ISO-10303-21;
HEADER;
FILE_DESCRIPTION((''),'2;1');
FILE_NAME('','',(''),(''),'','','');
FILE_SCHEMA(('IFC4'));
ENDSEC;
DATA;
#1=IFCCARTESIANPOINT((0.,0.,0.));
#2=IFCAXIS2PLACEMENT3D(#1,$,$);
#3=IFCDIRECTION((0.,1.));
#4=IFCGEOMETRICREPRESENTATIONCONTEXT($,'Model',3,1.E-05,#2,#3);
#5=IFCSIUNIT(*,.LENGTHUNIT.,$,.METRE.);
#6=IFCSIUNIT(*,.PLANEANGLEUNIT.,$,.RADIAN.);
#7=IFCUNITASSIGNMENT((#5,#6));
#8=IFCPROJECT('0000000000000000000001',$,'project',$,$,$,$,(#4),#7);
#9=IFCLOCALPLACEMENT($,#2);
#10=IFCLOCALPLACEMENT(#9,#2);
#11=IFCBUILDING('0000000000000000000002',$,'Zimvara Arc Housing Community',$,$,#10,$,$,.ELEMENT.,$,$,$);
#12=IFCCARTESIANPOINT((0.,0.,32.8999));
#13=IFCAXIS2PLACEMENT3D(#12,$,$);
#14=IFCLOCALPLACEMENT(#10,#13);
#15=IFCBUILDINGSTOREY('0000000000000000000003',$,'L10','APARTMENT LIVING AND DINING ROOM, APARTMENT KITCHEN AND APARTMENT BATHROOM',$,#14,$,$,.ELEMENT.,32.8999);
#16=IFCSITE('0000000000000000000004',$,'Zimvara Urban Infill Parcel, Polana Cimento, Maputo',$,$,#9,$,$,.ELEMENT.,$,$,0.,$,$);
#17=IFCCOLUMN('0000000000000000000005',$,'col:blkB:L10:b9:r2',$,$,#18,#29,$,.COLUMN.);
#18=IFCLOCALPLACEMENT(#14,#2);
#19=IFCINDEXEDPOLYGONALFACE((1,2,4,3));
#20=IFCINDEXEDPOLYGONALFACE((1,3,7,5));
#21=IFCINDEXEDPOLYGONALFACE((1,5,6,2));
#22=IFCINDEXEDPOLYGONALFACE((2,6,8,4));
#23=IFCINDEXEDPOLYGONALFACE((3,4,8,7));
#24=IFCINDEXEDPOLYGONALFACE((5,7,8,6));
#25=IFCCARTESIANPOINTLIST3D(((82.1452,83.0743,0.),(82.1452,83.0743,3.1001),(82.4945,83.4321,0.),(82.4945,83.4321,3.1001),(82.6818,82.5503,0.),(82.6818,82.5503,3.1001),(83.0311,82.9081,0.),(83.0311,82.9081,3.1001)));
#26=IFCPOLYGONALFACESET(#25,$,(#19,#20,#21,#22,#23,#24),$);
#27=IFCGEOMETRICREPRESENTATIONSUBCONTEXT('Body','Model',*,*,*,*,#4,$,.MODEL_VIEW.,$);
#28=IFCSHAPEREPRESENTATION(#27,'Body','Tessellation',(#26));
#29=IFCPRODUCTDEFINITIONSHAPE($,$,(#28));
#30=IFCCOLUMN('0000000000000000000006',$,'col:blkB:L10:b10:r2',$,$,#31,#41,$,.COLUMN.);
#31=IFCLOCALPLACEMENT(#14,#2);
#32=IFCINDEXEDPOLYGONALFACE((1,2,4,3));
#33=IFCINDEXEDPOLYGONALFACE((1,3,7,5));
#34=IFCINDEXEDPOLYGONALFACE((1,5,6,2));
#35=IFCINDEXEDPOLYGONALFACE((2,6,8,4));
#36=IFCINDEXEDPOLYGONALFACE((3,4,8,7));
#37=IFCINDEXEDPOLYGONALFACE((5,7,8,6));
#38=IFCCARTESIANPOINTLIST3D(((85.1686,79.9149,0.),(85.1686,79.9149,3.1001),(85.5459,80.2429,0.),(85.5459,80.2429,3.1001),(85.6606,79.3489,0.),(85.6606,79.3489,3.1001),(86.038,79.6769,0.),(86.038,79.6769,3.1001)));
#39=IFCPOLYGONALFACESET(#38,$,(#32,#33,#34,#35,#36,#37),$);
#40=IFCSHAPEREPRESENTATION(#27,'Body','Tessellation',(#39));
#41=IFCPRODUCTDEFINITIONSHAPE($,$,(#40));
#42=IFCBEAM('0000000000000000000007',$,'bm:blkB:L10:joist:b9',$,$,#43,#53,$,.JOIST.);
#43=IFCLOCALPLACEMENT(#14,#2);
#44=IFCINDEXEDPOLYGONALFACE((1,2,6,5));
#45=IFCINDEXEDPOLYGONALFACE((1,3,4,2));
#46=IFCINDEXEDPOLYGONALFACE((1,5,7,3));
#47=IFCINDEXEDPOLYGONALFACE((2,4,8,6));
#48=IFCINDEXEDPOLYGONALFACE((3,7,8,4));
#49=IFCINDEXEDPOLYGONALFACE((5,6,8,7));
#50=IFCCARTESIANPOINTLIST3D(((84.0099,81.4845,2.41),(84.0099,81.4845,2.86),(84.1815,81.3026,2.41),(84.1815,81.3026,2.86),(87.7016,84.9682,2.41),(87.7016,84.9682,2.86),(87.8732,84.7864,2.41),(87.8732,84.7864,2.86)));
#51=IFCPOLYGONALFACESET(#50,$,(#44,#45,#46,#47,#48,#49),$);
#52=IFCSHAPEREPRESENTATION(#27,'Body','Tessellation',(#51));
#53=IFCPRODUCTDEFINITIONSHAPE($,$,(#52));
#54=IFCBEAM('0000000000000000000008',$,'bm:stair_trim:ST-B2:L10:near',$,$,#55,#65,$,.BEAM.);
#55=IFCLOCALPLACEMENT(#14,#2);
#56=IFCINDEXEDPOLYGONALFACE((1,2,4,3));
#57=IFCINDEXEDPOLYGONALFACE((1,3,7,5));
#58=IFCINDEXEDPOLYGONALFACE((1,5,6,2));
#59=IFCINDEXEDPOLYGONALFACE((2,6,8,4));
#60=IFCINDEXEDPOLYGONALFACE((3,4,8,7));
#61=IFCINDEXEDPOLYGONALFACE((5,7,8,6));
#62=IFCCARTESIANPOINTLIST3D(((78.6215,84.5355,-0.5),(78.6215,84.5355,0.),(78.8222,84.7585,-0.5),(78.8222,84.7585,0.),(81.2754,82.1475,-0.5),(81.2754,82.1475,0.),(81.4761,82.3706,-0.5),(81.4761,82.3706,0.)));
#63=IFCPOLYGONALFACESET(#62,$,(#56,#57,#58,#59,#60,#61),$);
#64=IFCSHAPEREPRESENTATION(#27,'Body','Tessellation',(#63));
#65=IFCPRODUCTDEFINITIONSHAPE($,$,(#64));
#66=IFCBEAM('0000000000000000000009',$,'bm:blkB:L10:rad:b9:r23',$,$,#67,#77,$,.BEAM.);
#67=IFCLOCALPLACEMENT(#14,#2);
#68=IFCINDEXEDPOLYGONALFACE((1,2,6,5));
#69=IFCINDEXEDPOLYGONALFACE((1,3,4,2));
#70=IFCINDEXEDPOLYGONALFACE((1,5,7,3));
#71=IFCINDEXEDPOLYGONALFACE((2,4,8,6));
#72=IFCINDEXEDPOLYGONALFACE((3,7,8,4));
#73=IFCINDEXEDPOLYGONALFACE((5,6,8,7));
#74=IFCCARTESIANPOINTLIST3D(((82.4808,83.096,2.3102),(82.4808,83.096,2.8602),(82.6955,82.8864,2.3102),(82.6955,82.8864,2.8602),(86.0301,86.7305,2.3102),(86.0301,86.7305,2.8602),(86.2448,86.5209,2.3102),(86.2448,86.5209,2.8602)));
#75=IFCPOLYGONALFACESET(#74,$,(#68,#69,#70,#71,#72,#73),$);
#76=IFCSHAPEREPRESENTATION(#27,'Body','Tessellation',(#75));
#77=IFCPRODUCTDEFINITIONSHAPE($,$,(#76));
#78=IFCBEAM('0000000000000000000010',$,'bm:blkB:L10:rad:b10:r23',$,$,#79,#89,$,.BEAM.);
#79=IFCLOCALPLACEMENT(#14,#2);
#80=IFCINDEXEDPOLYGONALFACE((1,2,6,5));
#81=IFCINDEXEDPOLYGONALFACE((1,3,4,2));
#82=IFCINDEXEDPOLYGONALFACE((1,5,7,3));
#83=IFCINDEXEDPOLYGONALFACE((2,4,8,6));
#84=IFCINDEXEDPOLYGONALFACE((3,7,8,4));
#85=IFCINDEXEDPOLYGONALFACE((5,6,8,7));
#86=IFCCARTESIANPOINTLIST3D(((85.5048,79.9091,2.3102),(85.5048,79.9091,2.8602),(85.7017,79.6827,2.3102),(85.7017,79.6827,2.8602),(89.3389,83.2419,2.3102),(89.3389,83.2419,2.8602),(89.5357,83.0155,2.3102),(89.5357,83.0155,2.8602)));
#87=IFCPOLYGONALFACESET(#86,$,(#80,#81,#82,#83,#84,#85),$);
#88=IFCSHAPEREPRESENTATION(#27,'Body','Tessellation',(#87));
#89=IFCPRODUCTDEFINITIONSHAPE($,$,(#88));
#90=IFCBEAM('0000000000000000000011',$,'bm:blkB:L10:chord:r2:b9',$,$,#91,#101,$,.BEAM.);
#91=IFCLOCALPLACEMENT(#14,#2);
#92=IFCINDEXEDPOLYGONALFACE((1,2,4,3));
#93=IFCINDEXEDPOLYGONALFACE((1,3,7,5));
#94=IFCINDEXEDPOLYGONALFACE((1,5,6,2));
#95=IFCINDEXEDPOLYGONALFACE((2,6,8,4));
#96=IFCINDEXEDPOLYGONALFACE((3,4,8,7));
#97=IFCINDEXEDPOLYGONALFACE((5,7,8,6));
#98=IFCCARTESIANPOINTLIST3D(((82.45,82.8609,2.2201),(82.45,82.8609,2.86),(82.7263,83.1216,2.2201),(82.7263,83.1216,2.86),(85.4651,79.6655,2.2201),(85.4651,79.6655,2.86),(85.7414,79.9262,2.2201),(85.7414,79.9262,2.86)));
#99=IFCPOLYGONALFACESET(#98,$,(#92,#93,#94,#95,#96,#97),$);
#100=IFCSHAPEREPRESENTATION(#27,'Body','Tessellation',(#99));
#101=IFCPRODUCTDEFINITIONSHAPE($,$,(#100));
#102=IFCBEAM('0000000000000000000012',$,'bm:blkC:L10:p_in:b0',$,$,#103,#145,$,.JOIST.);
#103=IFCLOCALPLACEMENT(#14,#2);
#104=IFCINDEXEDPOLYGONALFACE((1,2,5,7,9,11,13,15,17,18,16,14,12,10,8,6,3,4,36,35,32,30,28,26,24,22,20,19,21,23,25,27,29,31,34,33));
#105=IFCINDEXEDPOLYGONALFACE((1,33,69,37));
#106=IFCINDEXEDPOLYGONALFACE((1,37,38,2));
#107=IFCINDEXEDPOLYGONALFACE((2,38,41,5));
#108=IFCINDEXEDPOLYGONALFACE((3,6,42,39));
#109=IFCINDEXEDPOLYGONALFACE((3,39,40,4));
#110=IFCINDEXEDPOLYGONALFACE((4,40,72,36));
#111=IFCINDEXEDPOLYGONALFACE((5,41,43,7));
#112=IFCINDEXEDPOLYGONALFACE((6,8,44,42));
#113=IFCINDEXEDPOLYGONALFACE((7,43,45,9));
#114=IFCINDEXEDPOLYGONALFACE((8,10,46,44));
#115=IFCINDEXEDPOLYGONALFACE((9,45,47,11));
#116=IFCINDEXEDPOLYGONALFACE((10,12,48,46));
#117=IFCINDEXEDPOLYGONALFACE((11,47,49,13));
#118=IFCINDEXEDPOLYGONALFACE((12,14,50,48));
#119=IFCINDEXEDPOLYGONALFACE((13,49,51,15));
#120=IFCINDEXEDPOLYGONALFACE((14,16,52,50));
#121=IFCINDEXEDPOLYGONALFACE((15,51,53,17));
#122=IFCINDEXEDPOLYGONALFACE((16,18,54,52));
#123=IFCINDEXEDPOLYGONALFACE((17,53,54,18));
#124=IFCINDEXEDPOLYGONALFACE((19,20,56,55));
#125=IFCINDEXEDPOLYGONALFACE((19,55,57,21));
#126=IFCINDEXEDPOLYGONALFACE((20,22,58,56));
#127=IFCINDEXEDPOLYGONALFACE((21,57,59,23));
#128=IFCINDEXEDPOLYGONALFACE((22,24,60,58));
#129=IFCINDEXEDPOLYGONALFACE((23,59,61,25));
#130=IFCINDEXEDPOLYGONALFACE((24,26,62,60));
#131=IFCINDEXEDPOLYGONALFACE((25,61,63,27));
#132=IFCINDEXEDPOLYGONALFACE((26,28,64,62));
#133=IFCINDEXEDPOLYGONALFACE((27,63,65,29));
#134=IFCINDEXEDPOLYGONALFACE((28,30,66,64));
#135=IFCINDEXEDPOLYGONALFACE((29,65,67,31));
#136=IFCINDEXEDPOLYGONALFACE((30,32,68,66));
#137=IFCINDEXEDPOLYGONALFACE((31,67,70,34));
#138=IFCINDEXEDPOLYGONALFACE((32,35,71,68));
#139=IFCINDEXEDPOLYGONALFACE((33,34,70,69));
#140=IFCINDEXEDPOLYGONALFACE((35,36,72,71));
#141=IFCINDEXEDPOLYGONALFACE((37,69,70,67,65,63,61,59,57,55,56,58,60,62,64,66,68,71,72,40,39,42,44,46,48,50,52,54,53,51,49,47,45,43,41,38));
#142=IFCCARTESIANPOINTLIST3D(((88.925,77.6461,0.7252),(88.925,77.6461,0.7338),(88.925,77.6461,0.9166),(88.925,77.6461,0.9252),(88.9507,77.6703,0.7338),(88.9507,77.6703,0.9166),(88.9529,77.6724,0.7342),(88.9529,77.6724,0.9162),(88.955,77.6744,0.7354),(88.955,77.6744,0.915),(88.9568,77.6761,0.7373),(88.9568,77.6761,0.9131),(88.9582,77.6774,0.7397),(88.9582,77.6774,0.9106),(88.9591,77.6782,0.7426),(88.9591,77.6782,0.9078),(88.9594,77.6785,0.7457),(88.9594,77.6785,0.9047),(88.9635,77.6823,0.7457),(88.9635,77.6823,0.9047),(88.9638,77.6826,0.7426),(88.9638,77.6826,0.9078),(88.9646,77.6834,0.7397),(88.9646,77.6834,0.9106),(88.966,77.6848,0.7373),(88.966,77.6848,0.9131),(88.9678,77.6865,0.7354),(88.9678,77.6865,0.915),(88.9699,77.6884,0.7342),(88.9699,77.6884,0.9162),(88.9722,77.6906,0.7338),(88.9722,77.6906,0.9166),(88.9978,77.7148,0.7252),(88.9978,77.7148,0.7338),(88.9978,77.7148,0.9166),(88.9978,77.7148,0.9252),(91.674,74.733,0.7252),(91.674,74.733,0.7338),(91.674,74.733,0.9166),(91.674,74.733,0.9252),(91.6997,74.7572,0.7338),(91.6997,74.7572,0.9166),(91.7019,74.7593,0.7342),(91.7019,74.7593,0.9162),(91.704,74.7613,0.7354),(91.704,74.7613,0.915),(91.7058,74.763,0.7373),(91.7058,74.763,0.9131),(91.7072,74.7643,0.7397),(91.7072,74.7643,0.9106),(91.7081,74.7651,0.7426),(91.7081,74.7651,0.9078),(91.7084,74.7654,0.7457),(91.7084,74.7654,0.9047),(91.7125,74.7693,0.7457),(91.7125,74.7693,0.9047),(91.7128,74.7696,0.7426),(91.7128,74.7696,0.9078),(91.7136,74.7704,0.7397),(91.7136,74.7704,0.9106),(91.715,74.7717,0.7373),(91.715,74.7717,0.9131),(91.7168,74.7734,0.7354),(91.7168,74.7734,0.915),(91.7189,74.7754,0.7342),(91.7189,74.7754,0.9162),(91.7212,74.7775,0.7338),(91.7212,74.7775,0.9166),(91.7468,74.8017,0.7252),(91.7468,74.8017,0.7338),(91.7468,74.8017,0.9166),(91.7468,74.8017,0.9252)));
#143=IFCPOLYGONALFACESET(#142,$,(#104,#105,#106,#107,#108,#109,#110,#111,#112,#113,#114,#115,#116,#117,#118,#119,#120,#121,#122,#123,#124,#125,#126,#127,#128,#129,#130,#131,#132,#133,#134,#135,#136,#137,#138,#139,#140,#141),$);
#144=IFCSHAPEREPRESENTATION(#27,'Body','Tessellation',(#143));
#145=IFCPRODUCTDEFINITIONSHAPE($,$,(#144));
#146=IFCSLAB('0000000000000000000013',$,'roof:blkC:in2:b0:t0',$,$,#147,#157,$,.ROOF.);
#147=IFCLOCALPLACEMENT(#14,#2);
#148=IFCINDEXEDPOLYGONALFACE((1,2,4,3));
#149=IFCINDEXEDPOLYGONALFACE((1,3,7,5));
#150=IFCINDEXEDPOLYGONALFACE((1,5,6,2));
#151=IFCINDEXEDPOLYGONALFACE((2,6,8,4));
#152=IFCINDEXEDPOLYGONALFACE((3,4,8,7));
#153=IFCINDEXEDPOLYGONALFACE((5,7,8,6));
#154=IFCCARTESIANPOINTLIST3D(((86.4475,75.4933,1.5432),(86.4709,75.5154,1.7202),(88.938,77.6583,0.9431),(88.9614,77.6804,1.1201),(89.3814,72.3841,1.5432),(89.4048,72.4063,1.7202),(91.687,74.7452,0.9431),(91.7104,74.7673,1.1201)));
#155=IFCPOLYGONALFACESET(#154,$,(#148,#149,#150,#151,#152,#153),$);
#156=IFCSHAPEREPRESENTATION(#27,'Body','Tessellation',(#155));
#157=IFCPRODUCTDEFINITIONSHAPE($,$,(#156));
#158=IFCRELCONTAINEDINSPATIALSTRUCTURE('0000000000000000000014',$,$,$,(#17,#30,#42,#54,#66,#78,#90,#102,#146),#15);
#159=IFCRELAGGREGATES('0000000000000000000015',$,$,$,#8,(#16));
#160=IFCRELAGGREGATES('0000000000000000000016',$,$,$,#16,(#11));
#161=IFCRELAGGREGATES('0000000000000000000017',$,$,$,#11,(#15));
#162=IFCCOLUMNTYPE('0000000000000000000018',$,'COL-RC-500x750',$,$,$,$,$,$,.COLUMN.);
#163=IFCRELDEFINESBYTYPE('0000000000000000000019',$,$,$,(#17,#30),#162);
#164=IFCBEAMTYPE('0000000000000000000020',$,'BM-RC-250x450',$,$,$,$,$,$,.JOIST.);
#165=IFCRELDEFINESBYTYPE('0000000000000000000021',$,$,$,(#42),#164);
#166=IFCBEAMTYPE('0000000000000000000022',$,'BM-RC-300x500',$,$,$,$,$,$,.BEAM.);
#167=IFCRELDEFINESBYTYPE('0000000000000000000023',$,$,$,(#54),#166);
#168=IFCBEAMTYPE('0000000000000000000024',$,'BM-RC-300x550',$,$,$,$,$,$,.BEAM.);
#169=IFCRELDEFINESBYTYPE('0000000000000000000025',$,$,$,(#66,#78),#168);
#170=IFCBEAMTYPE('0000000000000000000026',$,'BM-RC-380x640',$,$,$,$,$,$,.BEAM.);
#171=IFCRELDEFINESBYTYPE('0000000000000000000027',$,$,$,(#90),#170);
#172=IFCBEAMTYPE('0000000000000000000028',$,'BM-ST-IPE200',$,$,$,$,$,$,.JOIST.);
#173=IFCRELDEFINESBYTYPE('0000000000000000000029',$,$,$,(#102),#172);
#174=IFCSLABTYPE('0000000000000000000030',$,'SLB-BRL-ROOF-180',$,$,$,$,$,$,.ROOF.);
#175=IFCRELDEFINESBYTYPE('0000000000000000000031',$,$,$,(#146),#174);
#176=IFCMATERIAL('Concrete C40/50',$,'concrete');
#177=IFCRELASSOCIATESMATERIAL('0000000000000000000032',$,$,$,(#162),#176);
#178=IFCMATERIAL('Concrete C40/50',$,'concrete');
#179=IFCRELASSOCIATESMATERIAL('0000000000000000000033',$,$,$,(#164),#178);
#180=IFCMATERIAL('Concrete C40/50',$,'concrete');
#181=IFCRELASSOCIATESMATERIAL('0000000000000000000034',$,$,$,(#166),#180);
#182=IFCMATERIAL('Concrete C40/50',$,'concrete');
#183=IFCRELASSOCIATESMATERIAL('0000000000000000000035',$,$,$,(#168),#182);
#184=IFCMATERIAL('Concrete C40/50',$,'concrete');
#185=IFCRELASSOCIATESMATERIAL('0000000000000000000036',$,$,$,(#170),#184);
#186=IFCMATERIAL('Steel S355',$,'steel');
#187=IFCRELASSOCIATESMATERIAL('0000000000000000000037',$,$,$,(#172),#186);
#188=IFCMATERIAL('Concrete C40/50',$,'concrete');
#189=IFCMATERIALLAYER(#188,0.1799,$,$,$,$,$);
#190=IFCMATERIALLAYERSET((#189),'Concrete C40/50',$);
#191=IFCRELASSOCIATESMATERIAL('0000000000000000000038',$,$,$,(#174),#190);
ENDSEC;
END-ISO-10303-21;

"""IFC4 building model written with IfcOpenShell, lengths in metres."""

from ifc_helpers import new_model, si_unit, direction, frame, origin, origin_2d, place, context, subcontext, project, spatial, polyline, rectangle, i_section, outline, extrude, material, layer, layer_set, material_profile, profile_set, type_object, element, save


model = new_model("IFC4")

# Units and contexts
model_context = context("Model", 3, precision=1e-05, world=origin(), true_north=direction((0.0, 1.0)))
body_context = subcontext(model_context, "Body", "Model", "MODEL_VIEW")
ifc_project = project(units=[si_unit("LENGTHUNIT", "METRE"), si_unit("PLANEANGLEUNIT", "RADIAN")], contexts=[model_context])

# Site, building, storey
site_placement = place(None, origin())
site = spatial("IfcSite", under=ifc_project, at=site_placement, Name="Zimvara Urban Infill Parcel, Polana Cimento, Maputo", CompositionType="ELEMENT", RefElevation=0.0)
building_placement = place(site_placement, origin())
building = spatial("IfcBuilding", under=site, at=building_placement, Name="Zimvara Arc Housing Community", CompositionType="ELEMENT")
storey_placement = place(building_placement, frame((0.0, 0.0, 32.8999)))
storey = spatial("IfcBuildingStorey", under=building, at=storey_placement, Name="L10", Description="APARTMENT LIVING AND DINING ROOM, APARTMENT KITCHEN AND APARTMENT BATHROOM", CompositionType="ELEMENT", Elevation=32.8999)

# Columns
ifc_material_1 = material(Name="Concrete C40/50", Category="concrete")
ifc_material_profile_1 = material_profile(ifc_material_1, rectangle(XDim=0.5, YDim=0.75, at=origin_2d()), Name="RC 500x750")
ifc_profile_set_1 = profile_set([ifc_material_profile_1], Name="Concrete C40/50")
column_type_1 = type_object("IfcColumnType", Name="COL-RC-500x750", PredefinedType="COLUMN", material=ifc_profile_set_1)
for number, where, z_axis, x_axis, name in (
    (1, (82.5881, 82.9912, 0.0), (0.0, 0.0, 1.0), (0.698665, 0.715449, 0.0), "col:blkB:L10:b9:r2"),
    (2, (85.6033, 79.7959, 0.0), (0.0, 0.0, 1.0), (0.75471, 0.656059, 0.0), "col:blkB:L10:b10:r2"),
):
    element("IfcColumn", number, at=place(storey_placement, frame(where, z_axis=z_axis, x_axis=x_axis)), inside=storey, type_object=column_type_1, Name=name, PredefinedType="COLUMN", context=body_context, shape_type="SweptSolid", body=[
        extrude(rectangle(XDim=0.5, YDim=0.75, at=origin_2d()), origin(), (0.0, 0.0, 1.0), 3.1001),
    ])

# Beams
ifc_material_2 = material(Name="Concrete C40/50", Category="concrete")
ifc_material_profile_2 = material_profile(ifc_material_2, rectangle(XDim=0.25, YDim=0.45, at=origin_2d()), Name="RC 250x450")
ifc_profile_set_2 = profile_set([ifc_material_profile_2], Name="Concrete C40/50")
beam_type_1 = type_object("IfcBeamType", Name="BM-RC-250x450", PredefinedType="JOIST", material=ifc_profile_set_2)
beam_1_placement = place(storey_placement, frame((84.0957, 81.3936, 2.635), z_axis=(0.7273, 0.68632, 0.0), x_axis=(-0.68632, 0.7273, 0.0)))
element("IfcBeam", 3, at=beam_1_placement, inside=storey, type_object=beam_type_1, Name="bm:blkB:L10:joist:b9", PredefinedType="JOIST", context=body_context, shape_type="SweptSolid", body=[
    extrude(rectangle(XDim=0.25, YDim=0.45, at=origin_2d()), origin(), (0.0, 0.0, 1.0), 5.0759),
])
ifc_material_3 = material(Name="Concrete C40/50", Category="concrete")
ifc_material_profile_3 = material_profile(ifc_material_3, rectangle(XDim=0.3, YDim=0.5, at=origin_2d()), Name="RC 300x500")
ifc_profile_set_3 = profile_set([ifc_material_profile_3], Name="Concrete C40/50")
beam_type_2 = type_object("IfcBeamType", Name="BM-RC-300x500", PredefinedType="BEAM", material=ifc_profile_set_3)
beam_2_placement = place(storey_placement, frame((81.3757, 82.259, -0.25), z_axis=(-0.743362, 0.668889, 0.0), x_axis=(-0.668889, -0.743362, 0.0)))
element("IfcBeam", 4, at=beam_2_placement, inside=storey, type_object=beam_type_2, Name="bm:stair_trim:ST-B2:L10:near", PredefinedType="BEAM", context=body_context, shape_type="SweptSolid", body=[
    extrude(rectangle(XDim=0.3, YDim=0.5, at=origin_2d()), origin(), (0.0, 0.0, 1.0), 3.5701),
])
ifc_material_4 = material(Name="Concrete C40/50", Category="concrete")
ifc_material_profile_4 = material_profile(ifc_material_4, rectangle(XDim=0.3, YDim=0.55, at=origin_2d()), Name="RC 300x550")
ifc_profile_set_4 = profile_set([ifc_material_profile_4], Name="Concrete C40/50")
beam_type_3 = type_object("IfcBeamType", Name="BM-RC-300x550", PredefinedType="BEAM", material=ifc_profile_set_4)
for number, where, z_axis, x_axis, name in (
    (5, (82.5881, 82.9912, 2.5852), (0.698671, 0.715443, 0.0), (-0.715443, 0.698671, 0.0), "bm:blkB:L10:rad:b9:r23"),
    (6, (85.6033, 79.7959, 2.5852), (0.754716, 0.656051, 0.0), (-0.656051, 0.754716, 0.0), "bm:blkB:L10:rad:b10:r23"),
):
    element("IfcBeam", number, at=place(storey_placement, frame(where, z_axis=z_axis, x_axis=x_axis)), inside=storey, type_object=beam_type_3, Name=name, PredefinedType="BEAM", context=body_context, shape_type="SweptSolid", body=[
        extrude(rectangle(XDim=0.3, YDim=0.55, at=origin_2d()), origin(), (0.0, 0.0, 1.0), 5.0801),
    ])
ifc_material_5 = material(Name="Concrete C40/50", Category="concrete")
ifc_material_profile_5 = material_profile(ifc_material_5, rectangle(XDim=0.3799, YDim=0.6399, at=origin_2d()), Name="RC 380x640")
ifc_profile_set_5 = profile_set([ifc_material_profile_5], Name="Concrete C40/50")
beam_type_4 = type_object("IfcBeamType", Name="BM-RC-380x640", PredefinedType="BEAM", material=ifc_profile_set_5)
beam_3_placement = place(storey_placement, frame((82.5881, 82.9912, 2.54), z_axis=(0.686304, -0.727315, 0.0), x_axis=(0.727315, 0.686304, 0.0)))
element("IfcBeam", 7, at=beam_3_placement, inside=storey, type_object=beam_type_4, Name="bm:blkB:L10:chord:r2:b9", PredefinedType="BEAM", context=body_context, shape_type="SweptSolid", body=[
    extrude(rectangle(XDim=0.3799, YDim=0.6399, at=origin_2d()), origin(), (0.0, 0.0, 1.0), 4.3933),
])
ifc_material_6 = material(Name="Steel S355", Category="steel")
ifc_material_profile_6 = material_profile(ifc_material_6, i_section(OverallWidth=0.1001, OverallDepth=0.2, WebThickness=0.0056, FlangeThickness=0.0085, FilletRadius=0.012, at=origin_2d()), Name="IPE 200")
ifc_profile_set_6 = profile_set([ifc_material_profile_6], Name="Steel S355")
beam_type_5 = type_object("IfcBeamType", Name="BM-ST-IPE200", PredefinedType="JOIST", material=ifc_profile_set_6)
beam_4_placement = place(storey_placement, frame((88.9614, 77.6804, 0.8252), z_axis=(0.68633, -0.72729, 0.0), x_axis=(0.72729, 0.68633, 0.0)))
element("IfcBeam", 8, at=beam_4_placement, inside=storey, type_object=beam_type_5, Name="bm:blkC:L10:p_in:b0", PredefinedType="JOIST", context=body_context, shape_type="SweptSolid", body=[
    extrude(i_section(OverallWidth=0.1001, OverallDepth=0.2, WebThickness=0.0056, FlangeThickness=0.0085, FilletRadius=0.012, at=origin_2d()), origin(), (0.0, 0.0, 1.0), 4.0054),
])

# Slab
ifc_material_7 = material(Name="Concrete C40/50", Category="concrete")
ifc_layer_1 = layer(ifc_material_7, 0.1799)
ifc_layer_set_1 = layer_set([ifc_layer_1], Name="Concrete C40/50")
slab_type = type_object("IfcSlabType", Name="SLB-BRL-ROOF-180", PredefinedType="ROOF", material=ifc_layer_set_1)
slab_placement = place(storey_placement, frame((88.9614, 77.6804, 1.1201), z_axis=(0.130227, 0.122889, 0.983839), x_axis=(0.68633, -0.727291, -0.000003)))
element("IfcSlab", 9, at=slab_placement, inside=storey, type_object=slab_type, Name="roof:blkC:in2:b0:t0", PredefinedType="ROOF", context=body_context, shape_type="SweptSolid", body=[
    extrude(outline(polyline([(0.0, 0.0), (4.0054, 0.0), (4.1401, -3.3515), (-0.1347, -3.3514), (0.0, 0.0)])), origin(), (0.0, 0.0, -1.0), 0.1799),
])

save(model, "model.ifc")
